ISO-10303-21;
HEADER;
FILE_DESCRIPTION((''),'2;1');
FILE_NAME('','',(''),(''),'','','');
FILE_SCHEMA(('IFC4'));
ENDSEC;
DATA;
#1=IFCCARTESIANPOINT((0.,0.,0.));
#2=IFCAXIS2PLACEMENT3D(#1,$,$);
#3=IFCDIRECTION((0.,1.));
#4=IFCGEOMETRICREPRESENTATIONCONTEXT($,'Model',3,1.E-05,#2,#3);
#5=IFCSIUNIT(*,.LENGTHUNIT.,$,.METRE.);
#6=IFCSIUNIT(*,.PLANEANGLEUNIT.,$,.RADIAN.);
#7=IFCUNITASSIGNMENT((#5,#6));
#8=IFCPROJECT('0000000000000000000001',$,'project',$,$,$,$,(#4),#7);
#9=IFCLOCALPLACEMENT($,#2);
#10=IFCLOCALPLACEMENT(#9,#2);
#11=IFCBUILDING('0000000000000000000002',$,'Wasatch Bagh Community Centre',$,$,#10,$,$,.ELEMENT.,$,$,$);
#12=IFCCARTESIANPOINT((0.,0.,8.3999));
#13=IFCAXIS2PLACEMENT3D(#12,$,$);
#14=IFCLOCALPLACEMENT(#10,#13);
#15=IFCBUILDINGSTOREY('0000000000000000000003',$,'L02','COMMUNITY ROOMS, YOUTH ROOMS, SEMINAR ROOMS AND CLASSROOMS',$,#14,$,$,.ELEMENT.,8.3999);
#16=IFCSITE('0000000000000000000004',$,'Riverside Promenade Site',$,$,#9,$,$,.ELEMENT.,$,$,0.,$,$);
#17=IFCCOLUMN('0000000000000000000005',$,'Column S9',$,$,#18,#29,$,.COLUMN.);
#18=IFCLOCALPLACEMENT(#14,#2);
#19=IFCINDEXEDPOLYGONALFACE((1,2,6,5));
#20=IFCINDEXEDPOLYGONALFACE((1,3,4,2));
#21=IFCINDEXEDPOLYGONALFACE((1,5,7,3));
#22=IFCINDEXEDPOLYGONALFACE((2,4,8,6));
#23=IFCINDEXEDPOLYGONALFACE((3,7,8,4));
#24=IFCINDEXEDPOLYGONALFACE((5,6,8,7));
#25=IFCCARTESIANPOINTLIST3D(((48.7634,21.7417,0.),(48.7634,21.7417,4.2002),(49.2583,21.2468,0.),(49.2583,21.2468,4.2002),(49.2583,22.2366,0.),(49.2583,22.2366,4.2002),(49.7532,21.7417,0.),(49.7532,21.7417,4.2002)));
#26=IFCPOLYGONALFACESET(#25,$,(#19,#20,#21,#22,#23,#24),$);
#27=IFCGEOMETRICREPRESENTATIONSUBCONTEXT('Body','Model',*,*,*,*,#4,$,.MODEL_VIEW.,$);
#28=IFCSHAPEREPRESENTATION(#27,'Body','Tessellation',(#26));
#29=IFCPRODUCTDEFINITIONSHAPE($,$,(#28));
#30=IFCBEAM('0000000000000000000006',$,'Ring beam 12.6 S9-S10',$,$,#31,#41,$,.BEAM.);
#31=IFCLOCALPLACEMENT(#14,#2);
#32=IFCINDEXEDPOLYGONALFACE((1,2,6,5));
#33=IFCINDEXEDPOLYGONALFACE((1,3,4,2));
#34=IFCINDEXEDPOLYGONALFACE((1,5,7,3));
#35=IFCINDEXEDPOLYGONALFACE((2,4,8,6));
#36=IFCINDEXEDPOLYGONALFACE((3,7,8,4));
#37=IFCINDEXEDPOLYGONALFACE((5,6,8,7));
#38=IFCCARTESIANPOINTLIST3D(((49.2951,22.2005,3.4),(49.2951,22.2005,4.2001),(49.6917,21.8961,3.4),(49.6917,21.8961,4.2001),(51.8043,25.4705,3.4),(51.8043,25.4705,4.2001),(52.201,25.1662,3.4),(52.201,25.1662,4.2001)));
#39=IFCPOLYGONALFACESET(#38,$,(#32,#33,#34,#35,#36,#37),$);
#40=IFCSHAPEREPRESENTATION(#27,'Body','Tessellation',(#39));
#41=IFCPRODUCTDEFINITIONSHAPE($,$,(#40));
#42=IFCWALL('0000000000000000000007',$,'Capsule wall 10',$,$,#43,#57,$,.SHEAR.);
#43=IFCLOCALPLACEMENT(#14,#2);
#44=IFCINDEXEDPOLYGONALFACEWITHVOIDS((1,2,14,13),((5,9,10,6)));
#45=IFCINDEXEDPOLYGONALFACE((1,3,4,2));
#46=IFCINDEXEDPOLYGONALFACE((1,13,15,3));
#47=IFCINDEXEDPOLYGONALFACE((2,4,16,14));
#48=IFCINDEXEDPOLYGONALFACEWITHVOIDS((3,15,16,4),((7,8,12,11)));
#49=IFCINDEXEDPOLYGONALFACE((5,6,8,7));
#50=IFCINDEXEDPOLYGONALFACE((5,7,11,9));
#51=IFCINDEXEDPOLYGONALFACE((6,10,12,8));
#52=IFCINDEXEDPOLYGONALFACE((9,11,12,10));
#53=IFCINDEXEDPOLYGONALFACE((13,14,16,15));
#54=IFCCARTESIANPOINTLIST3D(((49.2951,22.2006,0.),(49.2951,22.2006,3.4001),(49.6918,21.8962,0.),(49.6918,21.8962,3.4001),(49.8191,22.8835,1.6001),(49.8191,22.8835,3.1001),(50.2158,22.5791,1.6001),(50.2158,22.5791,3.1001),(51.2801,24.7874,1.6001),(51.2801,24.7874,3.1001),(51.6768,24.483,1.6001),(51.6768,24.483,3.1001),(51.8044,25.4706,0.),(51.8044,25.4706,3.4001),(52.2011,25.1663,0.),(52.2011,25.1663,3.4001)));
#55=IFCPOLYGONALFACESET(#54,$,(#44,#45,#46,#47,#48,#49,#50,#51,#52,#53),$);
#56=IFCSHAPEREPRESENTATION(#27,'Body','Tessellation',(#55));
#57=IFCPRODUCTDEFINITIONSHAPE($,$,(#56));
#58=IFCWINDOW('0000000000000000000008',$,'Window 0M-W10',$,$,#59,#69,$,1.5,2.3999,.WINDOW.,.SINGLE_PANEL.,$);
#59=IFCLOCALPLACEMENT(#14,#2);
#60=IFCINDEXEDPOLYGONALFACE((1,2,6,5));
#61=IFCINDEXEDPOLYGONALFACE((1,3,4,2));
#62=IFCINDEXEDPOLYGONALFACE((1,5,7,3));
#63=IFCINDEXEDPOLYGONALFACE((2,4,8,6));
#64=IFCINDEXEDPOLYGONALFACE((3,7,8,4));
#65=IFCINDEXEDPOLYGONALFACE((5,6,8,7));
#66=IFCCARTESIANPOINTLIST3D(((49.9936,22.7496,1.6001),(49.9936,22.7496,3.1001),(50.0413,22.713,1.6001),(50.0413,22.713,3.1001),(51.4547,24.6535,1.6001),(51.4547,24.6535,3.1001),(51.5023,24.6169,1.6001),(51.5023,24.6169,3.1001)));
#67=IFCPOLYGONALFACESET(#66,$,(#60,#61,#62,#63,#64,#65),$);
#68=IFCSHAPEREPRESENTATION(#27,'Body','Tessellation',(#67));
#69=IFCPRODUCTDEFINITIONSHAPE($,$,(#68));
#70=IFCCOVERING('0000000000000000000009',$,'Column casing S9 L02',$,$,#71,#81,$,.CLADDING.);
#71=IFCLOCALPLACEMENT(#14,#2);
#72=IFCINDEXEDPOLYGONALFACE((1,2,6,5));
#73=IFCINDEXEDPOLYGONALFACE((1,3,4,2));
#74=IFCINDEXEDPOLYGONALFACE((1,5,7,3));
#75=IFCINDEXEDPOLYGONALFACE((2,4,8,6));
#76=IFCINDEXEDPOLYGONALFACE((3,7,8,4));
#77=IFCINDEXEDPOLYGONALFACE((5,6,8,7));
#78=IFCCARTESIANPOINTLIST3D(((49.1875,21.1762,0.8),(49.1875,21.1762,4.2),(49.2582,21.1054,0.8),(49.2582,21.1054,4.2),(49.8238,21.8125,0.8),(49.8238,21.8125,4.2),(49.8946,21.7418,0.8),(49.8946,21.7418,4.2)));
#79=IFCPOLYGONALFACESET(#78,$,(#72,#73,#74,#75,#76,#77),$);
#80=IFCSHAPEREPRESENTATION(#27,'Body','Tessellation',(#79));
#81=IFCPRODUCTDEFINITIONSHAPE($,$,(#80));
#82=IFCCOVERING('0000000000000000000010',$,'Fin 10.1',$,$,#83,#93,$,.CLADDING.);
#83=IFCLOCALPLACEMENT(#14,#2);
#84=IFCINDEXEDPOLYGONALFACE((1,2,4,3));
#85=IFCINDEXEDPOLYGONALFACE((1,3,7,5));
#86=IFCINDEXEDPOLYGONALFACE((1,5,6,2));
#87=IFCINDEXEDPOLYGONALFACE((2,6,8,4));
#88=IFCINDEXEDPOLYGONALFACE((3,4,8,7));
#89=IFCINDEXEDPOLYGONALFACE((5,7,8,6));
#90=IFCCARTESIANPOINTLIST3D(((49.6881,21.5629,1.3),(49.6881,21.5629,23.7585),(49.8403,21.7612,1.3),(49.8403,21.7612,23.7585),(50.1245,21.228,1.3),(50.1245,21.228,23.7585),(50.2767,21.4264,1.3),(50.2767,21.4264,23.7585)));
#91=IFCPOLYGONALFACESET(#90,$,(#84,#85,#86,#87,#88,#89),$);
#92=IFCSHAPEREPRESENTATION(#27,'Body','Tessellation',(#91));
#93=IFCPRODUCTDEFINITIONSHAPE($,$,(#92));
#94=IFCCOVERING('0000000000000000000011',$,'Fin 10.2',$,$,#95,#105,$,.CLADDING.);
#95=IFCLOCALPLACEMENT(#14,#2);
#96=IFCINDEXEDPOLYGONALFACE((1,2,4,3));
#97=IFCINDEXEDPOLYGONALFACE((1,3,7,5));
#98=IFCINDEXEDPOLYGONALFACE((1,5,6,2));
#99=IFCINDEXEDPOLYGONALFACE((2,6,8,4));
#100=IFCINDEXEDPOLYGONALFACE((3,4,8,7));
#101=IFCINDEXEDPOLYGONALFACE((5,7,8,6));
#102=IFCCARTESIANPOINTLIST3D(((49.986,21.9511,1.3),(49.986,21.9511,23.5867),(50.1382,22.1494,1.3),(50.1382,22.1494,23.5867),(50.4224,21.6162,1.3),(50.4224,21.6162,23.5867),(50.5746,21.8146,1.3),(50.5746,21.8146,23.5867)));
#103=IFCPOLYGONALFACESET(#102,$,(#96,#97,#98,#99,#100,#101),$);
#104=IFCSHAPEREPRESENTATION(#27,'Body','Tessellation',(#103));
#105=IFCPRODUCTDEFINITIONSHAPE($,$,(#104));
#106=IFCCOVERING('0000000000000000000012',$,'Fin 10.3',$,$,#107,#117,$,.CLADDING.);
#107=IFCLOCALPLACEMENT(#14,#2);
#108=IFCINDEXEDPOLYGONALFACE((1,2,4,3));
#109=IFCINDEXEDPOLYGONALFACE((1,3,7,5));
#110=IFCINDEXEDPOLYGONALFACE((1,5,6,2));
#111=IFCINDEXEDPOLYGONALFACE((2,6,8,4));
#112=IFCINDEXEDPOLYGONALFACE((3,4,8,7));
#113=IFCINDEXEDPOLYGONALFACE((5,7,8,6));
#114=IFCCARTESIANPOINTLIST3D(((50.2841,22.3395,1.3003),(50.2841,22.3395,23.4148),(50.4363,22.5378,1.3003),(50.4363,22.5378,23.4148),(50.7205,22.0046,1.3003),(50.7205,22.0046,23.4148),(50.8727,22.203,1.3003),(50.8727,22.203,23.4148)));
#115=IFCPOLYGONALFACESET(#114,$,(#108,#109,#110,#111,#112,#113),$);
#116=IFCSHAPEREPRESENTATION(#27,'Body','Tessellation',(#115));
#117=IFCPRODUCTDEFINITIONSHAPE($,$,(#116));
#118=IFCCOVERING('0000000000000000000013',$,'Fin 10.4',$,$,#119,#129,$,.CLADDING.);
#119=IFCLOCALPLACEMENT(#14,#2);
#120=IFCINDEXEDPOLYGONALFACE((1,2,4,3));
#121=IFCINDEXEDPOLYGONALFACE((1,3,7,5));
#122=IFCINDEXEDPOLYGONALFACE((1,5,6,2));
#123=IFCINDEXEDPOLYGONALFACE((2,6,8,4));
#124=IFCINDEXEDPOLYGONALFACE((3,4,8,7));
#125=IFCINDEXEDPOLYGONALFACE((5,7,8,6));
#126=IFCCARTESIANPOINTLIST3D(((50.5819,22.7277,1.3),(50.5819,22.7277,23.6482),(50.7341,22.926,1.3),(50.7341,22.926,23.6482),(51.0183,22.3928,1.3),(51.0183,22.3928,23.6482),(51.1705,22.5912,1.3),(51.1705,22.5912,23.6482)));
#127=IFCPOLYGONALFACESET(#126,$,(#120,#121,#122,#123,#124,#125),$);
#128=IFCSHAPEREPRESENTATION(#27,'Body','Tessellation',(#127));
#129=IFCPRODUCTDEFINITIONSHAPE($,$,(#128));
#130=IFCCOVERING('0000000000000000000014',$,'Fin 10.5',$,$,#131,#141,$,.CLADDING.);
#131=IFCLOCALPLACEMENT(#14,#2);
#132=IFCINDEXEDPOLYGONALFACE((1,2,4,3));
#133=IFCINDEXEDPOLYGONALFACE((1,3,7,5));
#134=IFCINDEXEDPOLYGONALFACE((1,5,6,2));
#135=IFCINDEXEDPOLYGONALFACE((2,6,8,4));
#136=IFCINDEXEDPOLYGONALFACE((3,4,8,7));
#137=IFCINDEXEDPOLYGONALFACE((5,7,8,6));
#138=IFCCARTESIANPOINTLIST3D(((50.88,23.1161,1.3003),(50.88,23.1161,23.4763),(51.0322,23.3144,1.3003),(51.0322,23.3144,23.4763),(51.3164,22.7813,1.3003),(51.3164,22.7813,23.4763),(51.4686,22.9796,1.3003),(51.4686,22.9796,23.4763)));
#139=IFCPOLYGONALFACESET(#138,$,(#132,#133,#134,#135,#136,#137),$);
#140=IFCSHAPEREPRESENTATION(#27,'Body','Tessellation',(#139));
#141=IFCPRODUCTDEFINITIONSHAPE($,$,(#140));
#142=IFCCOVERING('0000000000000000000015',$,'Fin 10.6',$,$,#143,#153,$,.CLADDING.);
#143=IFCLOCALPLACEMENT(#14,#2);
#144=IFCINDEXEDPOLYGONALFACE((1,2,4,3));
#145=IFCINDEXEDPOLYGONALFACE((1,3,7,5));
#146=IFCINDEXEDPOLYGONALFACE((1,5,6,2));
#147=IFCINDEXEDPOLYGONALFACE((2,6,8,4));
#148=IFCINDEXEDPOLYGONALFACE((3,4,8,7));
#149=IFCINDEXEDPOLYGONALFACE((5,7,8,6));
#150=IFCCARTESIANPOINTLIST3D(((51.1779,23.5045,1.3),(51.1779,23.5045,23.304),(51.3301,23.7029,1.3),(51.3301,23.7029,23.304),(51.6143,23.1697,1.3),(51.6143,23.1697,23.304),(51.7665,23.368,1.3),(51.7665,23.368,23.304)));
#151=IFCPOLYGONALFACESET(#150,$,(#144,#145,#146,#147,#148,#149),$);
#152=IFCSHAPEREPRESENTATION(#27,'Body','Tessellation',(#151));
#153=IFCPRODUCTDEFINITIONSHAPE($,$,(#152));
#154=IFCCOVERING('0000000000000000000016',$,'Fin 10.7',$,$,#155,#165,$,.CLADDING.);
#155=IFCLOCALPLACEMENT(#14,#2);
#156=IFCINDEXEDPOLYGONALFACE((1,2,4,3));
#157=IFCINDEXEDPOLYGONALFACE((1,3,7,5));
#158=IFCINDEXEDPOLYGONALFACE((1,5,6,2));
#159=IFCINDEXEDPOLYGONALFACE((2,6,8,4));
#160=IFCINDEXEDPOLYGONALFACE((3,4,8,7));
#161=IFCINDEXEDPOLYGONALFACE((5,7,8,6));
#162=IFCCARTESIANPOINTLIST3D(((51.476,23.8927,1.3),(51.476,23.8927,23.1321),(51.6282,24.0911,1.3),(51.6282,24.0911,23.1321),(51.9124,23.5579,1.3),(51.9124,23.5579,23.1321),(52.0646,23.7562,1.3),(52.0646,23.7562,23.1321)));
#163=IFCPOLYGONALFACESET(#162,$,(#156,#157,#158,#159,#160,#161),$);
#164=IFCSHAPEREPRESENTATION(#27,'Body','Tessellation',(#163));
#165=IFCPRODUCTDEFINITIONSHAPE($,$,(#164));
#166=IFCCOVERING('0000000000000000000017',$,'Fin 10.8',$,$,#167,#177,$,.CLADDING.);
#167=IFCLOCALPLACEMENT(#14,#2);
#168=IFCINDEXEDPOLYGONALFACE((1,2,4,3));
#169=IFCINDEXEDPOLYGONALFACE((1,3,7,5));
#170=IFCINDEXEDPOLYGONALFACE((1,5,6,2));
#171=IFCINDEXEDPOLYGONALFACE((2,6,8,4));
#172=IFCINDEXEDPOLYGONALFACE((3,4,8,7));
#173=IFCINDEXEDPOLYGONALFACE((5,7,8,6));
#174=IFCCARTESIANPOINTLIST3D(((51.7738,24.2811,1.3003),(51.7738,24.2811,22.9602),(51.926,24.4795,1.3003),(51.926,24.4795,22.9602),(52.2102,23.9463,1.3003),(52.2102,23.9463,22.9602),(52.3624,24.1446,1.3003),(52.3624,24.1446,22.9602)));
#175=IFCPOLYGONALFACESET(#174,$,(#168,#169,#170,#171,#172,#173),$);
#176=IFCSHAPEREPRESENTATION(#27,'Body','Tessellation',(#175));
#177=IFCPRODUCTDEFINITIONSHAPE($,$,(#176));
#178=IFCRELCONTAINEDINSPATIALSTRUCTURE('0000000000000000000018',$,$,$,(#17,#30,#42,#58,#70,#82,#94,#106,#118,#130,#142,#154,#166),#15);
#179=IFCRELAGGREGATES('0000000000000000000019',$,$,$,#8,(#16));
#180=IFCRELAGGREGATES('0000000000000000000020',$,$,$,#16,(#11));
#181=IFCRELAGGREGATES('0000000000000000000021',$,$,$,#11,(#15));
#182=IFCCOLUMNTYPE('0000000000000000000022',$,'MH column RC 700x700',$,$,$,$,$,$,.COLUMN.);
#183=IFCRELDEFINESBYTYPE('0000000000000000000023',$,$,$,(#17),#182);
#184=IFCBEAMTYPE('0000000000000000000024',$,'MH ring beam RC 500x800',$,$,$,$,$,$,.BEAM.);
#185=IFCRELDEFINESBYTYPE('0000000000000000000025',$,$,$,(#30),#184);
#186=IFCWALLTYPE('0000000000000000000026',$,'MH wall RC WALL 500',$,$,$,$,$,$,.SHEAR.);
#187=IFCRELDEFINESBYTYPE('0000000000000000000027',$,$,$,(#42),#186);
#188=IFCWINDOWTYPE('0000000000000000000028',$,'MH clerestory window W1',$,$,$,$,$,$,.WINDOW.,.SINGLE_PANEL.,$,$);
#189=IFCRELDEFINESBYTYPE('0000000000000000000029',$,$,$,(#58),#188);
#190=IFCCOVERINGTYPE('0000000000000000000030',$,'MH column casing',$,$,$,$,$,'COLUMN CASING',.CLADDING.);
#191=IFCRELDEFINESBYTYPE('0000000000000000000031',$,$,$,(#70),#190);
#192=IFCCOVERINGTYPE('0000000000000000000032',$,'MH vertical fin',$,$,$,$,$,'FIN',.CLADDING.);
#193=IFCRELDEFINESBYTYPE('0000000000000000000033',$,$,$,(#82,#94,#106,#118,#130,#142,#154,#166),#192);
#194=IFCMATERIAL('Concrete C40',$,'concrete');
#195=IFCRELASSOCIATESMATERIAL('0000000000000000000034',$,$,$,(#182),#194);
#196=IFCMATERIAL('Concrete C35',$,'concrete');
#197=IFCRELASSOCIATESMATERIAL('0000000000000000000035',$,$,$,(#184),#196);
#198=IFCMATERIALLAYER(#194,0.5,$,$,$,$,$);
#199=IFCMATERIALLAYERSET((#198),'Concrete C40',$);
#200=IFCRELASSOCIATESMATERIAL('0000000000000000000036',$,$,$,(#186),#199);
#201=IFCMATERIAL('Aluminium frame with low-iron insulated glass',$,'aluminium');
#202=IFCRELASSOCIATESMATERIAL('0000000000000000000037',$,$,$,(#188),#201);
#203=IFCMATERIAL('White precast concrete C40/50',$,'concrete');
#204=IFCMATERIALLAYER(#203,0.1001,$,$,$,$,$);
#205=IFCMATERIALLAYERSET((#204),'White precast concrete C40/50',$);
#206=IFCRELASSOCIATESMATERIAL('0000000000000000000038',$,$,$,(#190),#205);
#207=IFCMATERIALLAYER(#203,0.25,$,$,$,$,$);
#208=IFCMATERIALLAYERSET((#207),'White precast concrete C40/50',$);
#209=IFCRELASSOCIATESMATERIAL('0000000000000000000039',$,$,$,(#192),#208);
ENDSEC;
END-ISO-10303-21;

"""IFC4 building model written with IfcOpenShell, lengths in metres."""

from ifc_helpers import new_model, si_unit, direction, frame, frame_2d, origin, origin_2d, place, context, subcontext, project, spatial, rectangle, extrude, material, layer, layer_set, material_profile, profile_set, type_object, element, fill, save


model = new_model("IFC4")

# Units and contexts
model_context = context("Model", 3, precision=1e-05, world=origin(), true_north=direction((0.0, 1.0)))
body_context = subcontext(model_context, "Body", "Model", "MODEL_VIEW")
ifc_project = project(units=[si_unit("LENGTHUNIT", "METRE"), si_unit("PLANEANGLEUNIT", "RADIAN")], contexts=[model_context])

# Site, building, storey
site_placement = place(None, origin())
site = spatial("IfcSite", under=ifc_project, at=site_placement, Name="Riverside Promenade Site", CompositionType="ELEMENT", RefElevation=0.0)
building_placement = place(site_placement, origin())
building = spatial("IfcBuilding", under=site, at=building_placement, Name="Wasatch Bagh Community Centre", CompositionType="ELEMENT")
storey_placement = place(building_placement, frame((0.0, 0.0, 8.3999)))
storey = spatial("IfcBuildingStorey", under=building, at=storey_placement, Name="L02", Description="COMMUNITY ROOMS, YOUTH ROOMS, SEMINAR ROOMS AND CLASSROOMS", CompositionType="ELEMENT", Elevation=8.3999)

# Column
ifc_material_1 = material(Name="Concrete C40", Category="concrete")
ifc_material_profile_1 = material_profile(ifc_material_1, rectangle(XDim=0.7, YDim=0.7, at=origin_2d()), Name="RC 700x700")
ifc_profile_set_1 = profile_set([ifc_material_profile_1], Name="Concrete C40")
column_type = type_object("IfcColumnType", Name="MH column RC 700x700", PredefinedType="COLUMN", material=ifc_profile_set_1)
column_placement = place(storey_placement, frame((49.2583, 21.7417, 0.0), z_axis=(0.0, 0.0, 1.0), x_axis=(0.707107, 0.707107, 0.0)))
element("IfcColumn", 1, at=column_placement, inside=storey, type_object=column_type, Name="Column S9", PredefinedType="COLUMN", context=body_context, shape_type="SweptSolid", body=[
    extrude(rectangle(XDim=0.7, YDim=0.7, at=origin_2d()), origin(), (0.0, 0.0, 1.0), 4.2002),
])

# Beam
ifc_material_2 = material(Name="Concrete C35", Category="concrete")
ifc_material_profile_2 = material_profile(ifc_material_2, rectangle(XDim=0.5, YDim=0.8, at=origin_2d()), Name="RC 500x800")
ifc_profile_set_2 = profile_set([ifc_material_profile_2], Name="Concrete C35")
beam_type = type_object("IfcBeamType", Name="MH ring beam RC 500x800", PredefinedType="BEAM", material=ifc_profile_set_2)
beam_placement = place(storey_placement, frame((49.4934, 22.0483, 3.8), z_axis=(0.608777, 0.793341, 0.0), x_axis=(-0.793341, 0.608777, 0.0)))
element("IfcBeam", 2, at=beam_placement, inside=storey, type_object=beam_type, Name="Ring beam 12.6 S9-S10", PredefinedType="BEAM", context=body_context, shape_type="SweptSolid", body=[
    extrude(rectangle(XDim=0.5, YDim=0.8, at=origin_2d()), origin(), (0.0, 0.0, 1.0), 4.1218),
])

# Wall, opening, window
ifc_layer_1 = layer(ifc_material_1, 0.5)
ifc_layer_set_1 = layer_set([ifc_layer_1], Name="Concrete C40")
wall_type = type_object("IfcWallType", Name="MH wall RC WALL 500", PredefinedType="SHEAR", material=ifc_layer_set_1)
wall_placement = place(storey_placement, frame((49.4934, 22.0483, 0.0), z_axis=(0.0, 0.0, 1.0), x_axis=(0.608777, 0.793341, 0.0)))
wall = element("IfcWall", 3, at=wall_placement, inside=storey, type_object=wall_type, Name="Capsule wall 10", PredefinedType="SHEAR", context=body_context, shape_type="SweptSolid", body=[
    extrude(rectangle(XDim=4.1218, YDim=0.5, at=frame_2d((2.061, 0.0))), origin(), (0.0, 0.0, 1.0), 3.4001),
])
opening_placement = place(wall_placement, frame((0.8608, 0.0, 1.6001)))
opening = element("IfcOpeningElement", 4, at=opening_placement, cuts=wall, PredefinedType="OPENING", context=body_context, shape_type="SweptSolid", body=[
    extrude(rectangle(XDim=2.3999, YDim=1.5, at=frame_2d((1.2, 0.75))), frame((0.0, 0.26, 0.0), z_axis=(0.0, -1.0, 0.0), x_axis=(1.0, 0.0, 0.0)), (0.0, 0.0, 1.0), 0.52),
])
ifc_material_3 = material(Name="Aluminium frame with low-iron insulated glass", Category="aluminium")
window_type = type_object("IfcWindowType", Name="MH clerestory window W1", PartitioningType="SINGLE_PANEL", PredefinedType="WINDOW", material=ifc_material_3)
window_placement = place(opening_placement, origin())
window = element("IfcWindow", 5, at=window_placement, inside=storey, type_object=window_type, Name="Window 0M-W10", OverallHeight=1.5, OverallWidth=2.3999, PartitioningType="SINGLE_PANEL", PredefinedType="WINDOW", context=body_context, shape_type="SweptSolid", body=[
    extrude(rectangle(XDim=2.3999, YDim=1.5, at=frame_2d((1.2, 0.75))), frame((0.0, 0.03, 0.0), z_axis=(0.0, -1.0, 0.0), x_axis=(1.0, 0.0, 0.0)), (0.0, 0.0, 1.0), 0.0601),
])
fill(opening, window)

# Coverings
ifc_material_4 = material(Name="White precast concrete C40/50", Category="concrete")
ifc_layer_2 = layer(ifc_material_4, 0.1001)
ifc_layer_set_2 = layer_set([ifc_layer_2], Name="White precast concrete C40/50")
covering_type_1 = type_object("IfcCoveringType", Name="MH column casing", ElementType="COLUMN CASING", PredefinedType="CLADDING", material=ifc_layer_set_2)
covering_1_placement = place(storey_placement, frame((49.541, 21.459, 0.8), z_axis=(0.0, 0.0, 1.0), x_axis=(0.707107, 0.707107, 0.0)))
element("IfcCovering", 6, at=covering_1_placement, inside=storey, type_object=covering_type_1, Name="Column casing S9 L02", PredefinedType="CLADDING", context=body_context, shape_type="SweptSolid", body=[
    extrude(rectangle(XDim=0.8999, YDim=0.1001, at=origin_2d()), origin(), (0.0, 0.0, 1.0), 3.3999),
])
ifc_layer_3 = layer(ifc_material_4, 0.25)
ifc_layer_set_3 = layer_set([ifc_layer_3], Name="White precast concrete C40/50")
covering_type_2 = type_object("IfcCoveringType", Name="MH vertical fin", ElementType="FIN", PredefinedType="CLADDING", material=ifc_layer_set_3)
covering_2_placement = place(storey_placement, frame((49.9824, 21.4946, 1.3), z_axis=(0.0, 0.0, 1.0), x_axis=(0.608761, 0.793353, 0.0)))
element("IfcCovering", 7, at=covering_2_placement, inside=storey, type_object=covering_type_2, Name="Fin 10.1", PredefinedType="CLADDING", context=body_context, shape_type="SweptSolid", body=[
    extrude(rectangle(XDim=0.25, YDim=0.55, at=origin_2d()), origin(), (0.0, 0.0, 1.0), 22.4585),
])
covering_3_placement = place(storey_placement, frame((50.2803, 21.8828, 1.3), z_axis=(0.0, 0.0, 1.0), x_axis=(0.608761, 0.793353, 0.0)))
element("IfcCovering", 8, at=covering_3_placement, inside=storey, type_object=covering_type_2, Name="Fin 10.2", PredefinedType="CLADDING", context=body_context, shape_type="SweptSolid", body=[
    extrude(rectangle(XDim=0.25, YDim=0.55, at=origin_2d()), origin(), (0.0, 0.0, 1.0), 22.2866),
])
covering_4_placement = place(storey_placement, frame((50.5784, 22.2712, 1.3003), z_axis=(0.0, 0.0, 1.0), x_axis=(0.608761, 0.793353, 0.0)))
element("IfcCovering", 9, at=covering_4_placement, inside=storey, type_object=covering_type_2, Name="Fin 10.3", PredefinedType="CLADDING", context=body_context, shape_type="SweptSolid", body=[
    extrude(rectangle(XDim=0.25, YDim=0.55, at=origin_2d()), origin(), (0.0, 0.0, 1.0), 22.1145),
])
covering_5_placement = place(storey_placement, frame((50.8762, 22.6594, 1.3), z_axis=(0.0, 0.0, 1.0), x_axis=(0.608761, 0.793353, 0.0)))
element("IfcCovering", 10, at=covering_5_placement, inside=storey, type_object=covering_type_2, Name="Fin 10.4", PredefinedType="CLADDING", context=body_context, shape_type="SweptSolid", body=[
    extrude(rectangle(XDim=0.25, YDim=0.55, at=origin_2d()), origin(), (0.0, 0.0, 1.0), 22.3481),
])
covering_6_placement = place(storey_placement, frame((51.1743, 23.0479, 1.3003), z_axis=(0.0, 0.0, 1.0), x_axis=(0.608761, 0.793353, 0.0)))
element("IfcCovering", 11, at=covering_6_placement, inside=storey, type_object=covering_type_2, Name="Fin 10.5", PredefinedType="CLADDING", context=body_context, shape_type="SweptSolid", body=[
    extrude(rectangle(XDim=0.25, YDim=0.55, at=origin_2d()), origin(), (0.0, 0.0, 1.0), 22.176),
])
covering_7_placement = place(storey_placement, frame((51.4722, 23.4363, 1.3), z_axis=(0.0, 0.0, 1.0), x_axis=(0.608761, 0.793353, 0.0)))
element("IfcCovering", 12, at=covering_7_placement, inside=storey, type_object=covering_type_2, Name="Fin 10.6", PredefinedType="CLADDING", context=body_context, shape_type="SweptSolid", body=[
    extrude(rectangle(XDim=0.25, YDim=0.55, at=origin_2d()), origin(), (0.0, 0.0, 1.0), 22.0039),
])
covering_8_placement = place(storey_placement, frame((51.7703, 23.8245, 1.3), z_axis=(0.0, 0.0, 1.0), x_axis=(0.608761, 0.793353, 0.0)))
element("IfcCovering", 13, at=covering_8_placement, inside=storey, type_object=covering_type_2, Name="Fin 10.7", PredefinedType="CLADDING", context=body_context, shape_type="SweptSolid", body=[
    extrude(rectangle(XDim=0.25, YDim=0.55, at=origin_2d()), origin(), (0.0, 0.0, 1.0), 21.832),
])
covering_9_placement = place(storey_placement, frame((52.0681, 24.2129, 1.3003), z_axis=(0.0, 0.0, 1.0), x_axis=(0.608761, 0.793353, 0.0)))
element("IfcCovering", 14, at=covering_9_placement, inside=storey, type_object=covering_type_2, Name="Fin 10.8", PredefinedType="CLADDING", context=body_context, shape_type="SweptSolid", body=[
    extrude(rectangle(XDim=0.25, YDim=0.55, at=origin_2d()), origin(), (0.0, 0.0, 1.0), 21.6599),
])

save(model, "model.ifc")
